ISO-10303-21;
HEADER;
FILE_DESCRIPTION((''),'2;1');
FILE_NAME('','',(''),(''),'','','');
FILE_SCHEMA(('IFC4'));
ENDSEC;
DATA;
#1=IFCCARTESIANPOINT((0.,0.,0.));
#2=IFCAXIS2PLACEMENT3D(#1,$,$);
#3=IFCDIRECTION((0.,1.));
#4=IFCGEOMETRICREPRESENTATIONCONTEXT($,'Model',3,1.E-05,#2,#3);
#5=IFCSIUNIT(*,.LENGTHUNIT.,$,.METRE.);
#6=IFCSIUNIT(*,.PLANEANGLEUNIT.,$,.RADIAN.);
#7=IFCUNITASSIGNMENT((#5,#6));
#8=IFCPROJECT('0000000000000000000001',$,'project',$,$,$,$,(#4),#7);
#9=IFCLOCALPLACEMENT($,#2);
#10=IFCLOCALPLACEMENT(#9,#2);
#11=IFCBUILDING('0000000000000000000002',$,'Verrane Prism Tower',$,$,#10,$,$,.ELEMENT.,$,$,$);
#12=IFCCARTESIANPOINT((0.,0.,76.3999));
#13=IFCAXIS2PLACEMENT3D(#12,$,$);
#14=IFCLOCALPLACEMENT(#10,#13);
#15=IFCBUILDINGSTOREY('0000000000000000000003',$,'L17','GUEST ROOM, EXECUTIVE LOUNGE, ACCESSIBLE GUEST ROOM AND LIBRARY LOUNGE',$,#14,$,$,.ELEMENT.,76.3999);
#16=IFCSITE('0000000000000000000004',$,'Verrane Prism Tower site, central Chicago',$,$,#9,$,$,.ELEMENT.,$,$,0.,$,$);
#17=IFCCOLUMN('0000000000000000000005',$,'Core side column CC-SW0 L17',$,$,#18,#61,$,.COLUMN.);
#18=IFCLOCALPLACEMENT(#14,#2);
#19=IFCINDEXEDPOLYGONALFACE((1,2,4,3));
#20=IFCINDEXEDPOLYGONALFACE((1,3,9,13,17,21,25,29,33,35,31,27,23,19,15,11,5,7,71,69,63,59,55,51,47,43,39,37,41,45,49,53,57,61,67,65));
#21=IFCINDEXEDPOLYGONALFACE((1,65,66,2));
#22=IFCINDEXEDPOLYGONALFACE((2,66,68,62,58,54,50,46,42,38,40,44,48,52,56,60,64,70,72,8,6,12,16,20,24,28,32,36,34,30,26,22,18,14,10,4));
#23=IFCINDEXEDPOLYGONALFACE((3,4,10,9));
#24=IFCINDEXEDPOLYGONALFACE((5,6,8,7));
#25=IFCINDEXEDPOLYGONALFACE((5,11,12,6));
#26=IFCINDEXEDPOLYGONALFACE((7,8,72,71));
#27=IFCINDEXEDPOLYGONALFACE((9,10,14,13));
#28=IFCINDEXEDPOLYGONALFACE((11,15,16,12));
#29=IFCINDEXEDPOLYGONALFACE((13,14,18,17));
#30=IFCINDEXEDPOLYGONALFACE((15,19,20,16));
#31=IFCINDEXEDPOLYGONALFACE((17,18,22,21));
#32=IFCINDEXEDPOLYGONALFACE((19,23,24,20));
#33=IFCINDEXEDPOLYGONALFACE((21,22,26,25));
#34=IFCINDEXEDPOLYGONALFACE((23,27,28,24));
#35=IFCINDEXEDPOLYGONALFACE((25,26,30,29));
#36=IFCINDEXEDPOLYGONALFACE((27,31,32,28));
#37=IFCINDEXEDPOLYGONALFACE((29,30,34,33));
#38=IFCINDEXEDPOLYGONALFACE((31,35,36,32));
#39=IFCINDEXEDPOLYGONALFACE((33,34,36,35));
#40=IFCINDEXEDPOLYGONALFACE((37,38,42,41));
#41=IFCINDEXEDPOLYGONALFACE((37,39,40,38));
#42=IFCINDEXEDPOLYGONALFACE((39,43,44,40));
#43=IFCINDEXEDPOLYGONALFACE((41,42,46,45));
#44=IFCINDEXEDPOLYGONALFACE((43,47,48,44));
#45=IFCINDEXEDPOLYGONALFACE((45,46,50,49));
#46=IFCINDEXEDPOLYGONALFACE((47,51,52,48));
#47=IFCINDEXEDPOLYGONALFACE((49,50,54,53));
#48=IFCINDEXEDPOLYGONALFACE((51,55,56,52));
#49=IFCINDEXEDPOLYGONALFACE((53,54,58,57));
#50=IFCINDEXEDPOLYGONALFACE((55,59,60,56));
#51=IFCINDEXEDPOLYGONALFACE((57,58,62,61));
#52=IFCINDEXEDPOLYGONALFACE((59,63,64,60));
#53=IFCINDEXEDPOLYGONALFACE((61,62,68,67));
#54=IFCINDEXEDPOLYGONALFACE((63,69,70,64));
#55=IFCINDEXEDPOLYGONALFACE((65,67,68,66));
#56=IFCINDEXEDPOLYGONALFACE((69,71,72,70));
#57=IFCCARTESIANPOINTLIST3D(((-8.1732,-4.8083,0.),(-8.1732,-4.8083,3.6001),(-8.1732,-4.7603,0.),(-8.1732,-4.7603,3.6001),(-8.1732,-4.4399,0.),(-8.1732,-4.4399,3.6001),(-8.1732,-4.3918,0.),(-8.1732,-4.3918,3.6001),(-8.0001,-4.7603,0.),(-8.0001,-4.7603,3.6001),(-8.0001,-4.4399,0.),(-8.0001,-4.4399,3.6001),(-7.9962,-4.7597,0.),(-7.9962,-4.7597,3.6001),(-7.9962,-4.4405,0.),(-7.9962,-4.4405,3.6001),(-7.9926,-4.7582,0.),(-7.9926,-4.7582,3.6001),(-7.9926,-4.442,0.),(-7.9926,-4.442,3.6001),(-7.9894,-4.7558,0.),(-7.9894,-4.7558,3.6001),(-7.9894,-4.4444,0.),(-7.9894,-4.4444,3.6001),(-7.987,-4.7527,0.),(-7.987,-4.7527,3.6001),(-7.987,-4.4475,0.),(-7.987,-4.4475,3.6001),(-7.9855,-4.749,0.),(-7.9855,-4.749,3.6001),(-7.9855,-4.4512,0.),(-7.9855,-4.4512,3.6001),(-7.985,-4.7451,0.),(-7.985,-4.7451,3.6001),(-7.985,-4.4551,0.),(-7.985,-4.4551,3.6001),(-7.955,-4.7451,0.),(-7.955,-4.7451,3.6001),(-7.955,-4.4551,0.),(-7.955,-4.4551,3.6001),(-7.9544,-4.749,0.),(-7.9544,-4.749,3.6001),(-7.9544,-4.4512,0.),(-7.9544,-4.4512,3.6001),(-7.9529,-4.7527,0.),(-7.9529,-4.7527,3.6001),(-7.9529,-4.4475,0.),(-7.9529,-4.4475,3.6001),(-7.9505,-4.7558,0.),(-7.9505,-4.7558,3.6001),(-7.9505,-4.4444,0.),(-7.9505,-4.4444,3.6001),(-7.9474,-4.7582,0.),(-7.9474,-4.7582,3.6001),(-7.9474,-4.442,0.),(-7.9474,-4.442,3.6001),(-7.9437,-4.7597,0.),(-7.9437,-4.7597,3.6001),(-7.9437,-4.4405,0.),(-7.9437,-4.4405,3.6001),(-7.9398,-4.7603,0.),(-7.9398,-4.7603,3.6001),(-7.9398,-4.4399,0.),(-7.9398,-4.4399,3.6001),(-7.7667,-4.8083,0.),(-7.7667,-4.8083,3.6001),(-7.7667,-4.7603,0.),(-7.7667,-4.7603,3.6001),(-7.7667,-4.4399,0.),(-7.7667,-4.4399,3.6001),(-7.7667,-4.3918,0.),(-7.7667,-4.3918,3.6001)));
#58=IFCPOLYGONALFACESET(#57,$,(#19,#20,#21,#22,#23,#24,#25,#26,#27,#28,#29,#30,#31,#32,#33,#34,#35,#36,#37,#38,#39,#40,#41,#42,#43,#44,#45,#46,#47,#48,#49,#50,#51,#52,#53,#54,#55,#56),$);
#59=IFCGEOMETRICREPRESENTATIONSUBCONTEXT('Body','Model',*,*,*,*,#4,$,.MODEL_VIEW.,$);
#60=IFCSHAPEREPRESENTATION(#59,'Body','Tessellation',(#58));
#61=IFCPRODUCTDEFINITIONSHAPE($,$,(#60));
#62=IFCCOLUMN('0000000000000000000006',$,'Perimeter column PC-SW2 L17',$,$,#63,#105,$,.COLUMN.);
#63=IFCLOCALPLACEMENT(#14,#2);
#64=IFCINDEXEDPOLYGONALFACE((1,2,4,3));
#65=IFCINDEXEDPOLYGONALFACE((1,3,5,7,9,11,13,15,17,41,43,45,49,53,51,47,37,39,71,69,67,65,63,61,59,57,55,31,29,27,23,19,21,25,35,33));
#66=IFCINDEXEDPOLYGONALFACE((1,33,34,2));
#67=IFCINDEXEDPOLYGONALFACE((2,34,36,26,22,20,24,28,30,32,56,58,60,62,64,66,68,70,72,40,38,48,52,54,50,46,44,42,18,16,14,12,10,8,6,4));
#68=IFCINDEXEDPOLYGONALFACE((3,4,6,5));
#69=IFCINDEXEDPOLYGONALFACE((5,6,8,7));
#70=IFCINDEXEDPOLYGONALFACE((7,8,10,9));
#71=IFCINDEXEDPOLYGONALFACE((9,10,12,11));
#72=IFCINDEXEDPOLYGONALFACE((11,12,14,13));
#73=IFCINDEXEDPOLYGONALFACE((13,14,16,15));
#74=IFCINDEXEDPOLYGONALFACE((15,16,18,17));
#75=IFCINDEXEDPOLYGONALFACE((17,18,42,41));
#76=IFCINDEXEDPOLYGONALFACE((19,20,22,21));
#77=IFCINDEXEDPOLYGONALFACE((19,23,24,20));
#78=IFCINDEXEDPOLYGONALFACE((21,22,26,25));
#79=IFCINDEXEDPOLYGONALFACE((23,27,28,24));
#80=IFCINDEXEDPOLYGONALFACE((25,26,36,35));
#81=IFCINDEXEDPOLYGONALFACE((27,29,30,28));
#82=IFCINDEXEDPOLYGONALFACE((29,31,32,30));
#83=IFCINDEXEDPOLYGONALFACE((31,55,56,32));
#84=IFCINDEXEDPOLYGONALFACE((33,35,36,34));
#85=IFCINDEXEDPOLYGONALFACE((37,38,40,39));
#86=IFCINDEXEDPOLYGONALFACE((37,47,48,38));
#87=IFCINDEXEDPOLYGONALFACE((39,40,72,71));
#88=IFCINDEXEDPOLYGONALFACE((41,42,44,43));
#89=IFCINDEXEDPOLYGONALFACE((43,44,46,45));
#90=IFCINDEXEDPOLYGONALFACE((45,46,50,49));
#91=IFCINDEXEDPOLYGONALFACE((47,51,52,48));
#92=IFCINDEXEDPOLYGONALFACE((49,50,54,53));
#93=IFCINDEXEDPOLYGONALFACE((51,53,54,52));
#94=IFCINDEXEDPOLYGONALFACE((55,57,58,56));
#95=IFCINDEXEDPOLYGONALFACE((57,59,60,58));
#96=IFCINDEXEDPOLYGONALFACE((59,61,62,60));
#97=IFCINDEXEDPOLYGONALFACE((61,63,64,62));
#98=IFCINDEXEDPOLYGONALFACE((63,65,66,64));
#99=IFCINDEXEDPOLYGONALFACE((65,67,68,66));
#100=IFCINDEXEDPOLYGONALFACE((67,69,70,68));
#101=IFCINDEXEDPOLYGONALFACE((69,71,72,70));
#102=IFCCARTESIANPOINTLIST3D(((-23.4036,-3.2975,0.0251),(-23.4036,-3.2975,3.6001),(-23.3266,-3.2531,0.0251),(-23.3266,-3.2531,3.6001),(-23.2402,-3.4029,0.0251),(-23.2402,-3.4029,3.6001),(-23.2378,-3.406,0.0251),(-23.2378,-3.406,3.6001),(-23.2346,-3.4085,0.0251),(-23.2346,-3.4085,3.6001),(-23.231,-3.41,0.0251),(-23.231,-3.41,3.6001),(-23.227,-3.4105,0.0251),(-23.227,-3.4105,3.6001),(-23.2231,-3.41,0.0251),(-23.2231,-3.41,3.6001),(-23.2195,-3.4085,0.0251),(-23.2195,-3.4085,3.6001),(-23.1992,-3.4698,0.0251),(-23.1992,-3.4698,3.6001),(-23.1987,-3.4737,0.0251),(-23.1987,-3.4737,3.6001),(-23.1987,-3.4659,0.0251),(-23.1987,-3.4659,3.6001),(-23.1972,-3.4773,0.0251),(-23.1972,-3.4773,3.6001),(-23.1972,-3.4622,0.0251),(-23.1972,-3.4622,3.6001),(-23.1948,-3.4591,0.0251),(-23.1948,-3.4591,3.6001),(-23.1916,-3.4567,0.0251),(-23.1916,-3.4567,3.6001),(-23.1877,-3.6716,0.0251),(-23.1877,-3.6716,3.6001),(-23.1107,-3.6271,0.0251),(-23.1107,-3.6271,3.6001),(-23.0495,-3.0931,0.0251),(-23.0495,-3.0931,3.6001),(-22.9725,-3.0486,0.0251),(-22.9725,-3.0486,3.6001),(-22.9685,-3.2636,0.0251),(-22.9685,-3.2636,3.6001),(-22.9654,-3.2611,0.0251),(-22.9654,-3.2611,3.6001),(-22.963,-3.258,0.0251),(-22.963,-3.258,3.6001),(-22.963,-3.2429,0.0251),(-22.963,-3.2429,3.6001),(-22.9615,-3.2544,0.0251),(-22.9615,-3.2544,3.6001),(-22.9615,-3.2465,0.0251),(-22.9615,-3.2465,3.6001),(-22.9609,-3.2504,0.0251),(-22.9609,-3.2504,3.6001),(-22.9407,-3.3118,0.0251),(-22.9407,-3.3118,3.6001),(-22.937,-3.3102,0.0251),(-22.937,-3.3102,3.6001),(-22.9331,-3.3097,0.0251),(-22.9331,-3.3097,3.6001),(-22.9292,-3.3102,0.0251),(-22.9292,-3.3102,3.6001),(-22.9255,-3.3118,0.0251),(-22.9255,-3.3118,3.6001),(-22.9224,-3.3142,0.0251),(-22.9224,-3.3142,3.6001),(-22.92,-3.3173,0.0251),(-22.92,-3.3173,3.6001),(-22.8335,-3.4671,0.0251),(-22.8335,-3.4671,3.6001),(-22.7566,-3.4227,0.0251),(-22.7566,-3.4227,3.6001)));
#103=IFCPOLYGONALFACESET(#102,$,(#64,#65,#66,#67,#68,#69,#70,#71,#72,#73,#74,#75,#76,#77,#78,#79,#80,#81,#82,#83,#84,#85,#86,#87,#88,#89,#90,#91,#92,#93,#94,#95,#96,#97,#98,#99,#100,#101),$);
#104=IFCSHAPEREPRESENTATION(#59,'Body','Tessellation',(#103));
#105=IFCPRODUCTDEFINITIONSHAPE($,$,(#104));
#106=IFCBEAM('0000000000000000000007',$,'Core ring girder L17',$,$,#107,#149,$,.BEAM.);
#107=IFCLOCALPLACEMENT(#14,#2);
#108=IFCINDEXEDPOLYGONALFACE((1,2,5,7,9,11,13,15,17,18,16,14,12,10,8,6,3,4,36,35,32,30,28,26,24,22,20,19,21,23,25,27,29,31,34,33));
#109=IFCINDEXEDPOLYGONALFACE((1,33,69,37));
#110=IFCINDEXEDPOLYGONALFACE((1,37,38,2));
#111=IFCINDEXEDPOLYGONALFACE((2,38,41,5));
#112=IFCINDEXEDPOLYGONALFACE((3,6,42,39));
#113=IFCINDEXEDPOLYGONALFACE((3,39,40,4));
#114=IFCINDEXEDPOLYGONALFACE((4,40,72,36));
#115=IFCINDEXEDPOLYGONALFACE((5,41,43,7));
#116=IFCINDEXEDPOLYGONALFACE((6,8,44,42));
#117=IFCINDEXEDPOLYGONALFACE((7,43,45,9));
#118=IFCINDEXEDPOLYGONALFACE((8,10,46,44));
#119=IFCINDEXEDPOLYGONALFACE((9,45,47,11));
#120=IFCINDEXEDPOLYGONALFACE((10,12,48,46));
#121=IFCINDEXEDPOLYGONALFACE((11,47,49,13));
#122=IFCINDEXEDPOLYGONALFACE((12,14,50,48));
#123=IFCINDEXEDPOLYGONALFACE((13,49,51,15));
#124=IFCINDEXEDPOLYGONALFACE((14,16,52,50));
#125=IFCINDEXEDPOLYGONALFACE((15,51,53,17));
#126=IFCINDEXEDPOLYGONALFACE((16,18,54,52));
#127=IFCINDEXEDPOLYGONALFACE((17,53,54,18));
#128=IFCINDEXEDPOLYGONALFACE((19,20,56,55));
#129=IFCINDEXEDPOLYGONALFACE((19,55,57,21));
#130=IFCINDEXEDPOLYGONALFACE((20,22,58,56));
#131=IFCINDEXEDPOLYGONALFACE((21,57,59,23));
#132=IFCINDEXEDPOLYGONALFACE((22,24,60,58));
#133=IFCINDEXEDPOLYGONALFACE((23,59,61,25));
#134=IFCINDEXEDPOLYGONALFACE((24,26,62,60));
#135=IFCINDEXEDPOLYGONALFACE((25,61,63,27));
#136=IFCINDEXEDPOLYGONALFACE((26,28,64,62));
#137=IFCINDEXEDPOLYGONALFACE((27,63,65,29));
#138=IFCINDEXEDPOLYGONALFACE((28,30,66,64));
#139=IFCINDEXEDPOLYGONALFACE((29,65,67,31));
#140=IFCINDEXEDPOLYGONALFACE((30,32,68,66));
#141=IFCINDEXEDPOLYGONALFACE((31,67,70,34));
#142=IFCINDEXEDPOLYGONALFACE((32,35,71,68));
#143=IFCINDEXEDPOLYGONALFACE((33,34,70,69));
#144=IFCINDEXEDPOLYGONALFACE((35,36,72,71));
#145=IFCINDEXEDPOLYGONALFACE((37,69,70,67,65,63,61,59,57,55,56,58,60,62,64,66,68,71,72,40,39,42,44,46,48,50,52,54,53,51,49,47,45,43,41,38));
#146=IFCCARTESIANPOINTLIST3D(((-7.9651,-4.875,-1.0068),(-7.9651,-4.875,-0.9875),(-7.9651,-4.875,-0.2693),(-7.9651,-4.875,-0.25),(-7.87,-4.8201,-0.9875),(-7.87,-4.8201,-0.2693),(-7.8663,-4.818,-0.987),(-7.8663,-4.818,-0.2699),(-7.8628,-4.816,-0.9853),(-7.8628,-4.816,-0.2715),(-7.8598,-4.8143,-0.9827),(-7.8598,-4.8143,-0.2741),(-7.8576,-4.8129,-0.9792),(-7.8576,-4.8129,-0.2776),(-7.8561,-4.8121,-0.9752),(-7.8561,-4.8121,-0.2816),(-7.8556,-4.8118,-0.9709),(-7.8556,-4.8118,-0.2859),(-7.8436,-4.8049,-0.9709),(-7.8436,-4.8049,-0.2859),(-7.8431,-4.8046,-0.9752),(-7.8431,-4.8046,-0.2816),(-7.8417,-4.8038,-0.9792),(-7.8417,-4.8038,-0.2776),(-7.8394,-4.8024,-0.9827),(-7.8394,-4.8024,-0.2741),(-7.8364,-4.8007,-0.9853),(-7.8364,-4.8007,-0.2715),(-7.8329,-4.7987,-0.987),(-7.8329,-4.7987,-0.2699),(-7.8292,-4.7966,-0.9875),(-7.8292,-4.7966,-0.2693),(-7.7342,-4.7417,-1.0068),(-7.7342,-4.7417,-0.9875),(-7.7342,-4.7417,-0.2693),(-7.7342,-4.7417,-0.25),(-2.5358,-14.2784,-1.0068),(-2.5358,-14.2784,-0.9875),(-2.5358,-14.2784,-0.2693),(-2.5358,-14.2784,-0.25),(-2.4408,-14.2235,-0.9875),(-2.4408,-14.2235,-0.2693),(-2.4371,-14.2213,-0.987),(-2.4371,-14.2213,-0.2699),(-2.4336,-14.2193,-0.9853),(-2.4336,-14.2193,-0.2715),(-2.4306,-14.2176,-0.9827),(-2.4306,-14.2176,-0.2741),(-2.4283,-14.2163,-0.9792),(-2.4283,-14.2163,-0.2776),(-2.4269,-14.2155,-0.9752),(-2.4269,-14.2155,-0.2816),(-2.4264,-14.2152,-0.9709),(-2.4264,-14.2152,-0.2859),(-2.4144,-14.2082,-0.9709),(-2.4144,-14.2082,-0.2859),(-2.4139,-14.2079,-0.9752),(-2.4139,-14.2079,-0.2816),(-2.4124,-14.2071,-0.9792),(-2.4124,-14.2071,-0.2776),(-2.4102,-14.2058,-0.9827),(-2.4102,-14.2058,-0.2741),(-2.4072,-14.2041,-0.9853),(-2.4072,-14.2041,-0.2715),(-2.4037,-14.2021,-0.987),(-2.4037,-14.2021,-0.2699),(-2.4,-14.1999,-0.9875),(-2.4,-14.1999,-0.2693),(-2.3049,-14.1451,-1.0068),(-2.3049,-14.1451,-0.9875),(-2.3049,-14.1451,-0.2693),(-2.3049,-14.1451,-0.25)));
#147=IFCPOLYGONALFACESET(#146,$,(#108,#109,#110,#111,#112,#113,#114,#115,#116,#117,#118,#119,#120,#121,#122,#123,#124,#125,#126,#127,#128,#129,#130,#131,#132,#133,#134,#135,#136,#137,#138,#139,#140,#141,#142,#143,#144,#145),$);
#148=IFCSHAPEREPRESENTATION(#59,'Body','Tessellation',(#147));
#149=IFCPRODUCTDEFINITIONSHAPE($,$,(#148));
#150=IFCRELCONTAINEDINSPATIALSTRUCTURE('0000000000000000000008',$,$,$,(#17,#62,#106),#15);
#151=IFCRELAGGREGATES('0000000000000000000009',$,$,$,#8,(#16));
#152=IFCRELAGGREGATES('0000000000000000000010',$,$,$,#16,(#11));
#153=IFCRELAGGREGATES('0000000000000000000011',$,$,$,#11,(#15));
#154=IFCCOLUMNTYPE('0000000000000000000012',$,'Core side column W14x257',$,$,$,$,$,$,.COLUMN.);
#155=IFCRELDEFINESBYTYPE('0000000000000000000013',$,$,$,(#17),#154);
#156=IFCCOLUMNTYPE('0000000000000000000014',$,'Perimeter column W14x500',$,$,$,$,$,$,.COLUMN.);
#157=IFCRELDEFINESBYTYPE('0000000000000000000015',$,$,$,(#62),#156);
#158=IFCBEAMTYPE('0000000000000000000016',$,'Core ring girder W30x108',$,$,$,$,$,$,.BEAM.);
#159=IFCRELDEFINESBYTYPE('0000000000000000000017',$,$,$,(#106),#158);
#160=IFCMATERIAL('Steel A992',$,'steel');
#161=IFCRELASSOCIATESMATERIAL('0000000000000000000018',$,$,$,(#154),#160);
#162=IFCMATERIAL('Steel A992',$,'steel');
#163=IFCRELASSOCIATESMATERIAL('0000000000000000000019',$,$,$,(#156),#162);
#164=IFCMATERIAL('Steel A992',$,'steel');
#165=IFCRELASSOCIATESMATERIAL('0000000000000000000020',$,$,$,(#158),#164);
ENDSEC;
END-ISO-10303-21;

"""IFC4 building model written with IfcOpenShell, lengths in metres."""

from ifc_helpers import new_model, si_unit, direction, frame, origin, origin_2d, place, context, subcontext, project, spatial, i_section, extrude, material, material_profile, profile_set, type_object, element, save


model = new_model("IFC4")

# Units and contexts
model_context = context("Model", 3, precision=1e-05, world=origin(), true_north=direction((0.0, 1.0)))
body_context = subcontext(model_context, "Body", "Model", "MODEL_VIEW")
ifc_project = project(units=[si_unit("LENGTHUNIT", "METRE"), si_unit("PLANEANGLEUNIT", "RADIAN")], contexts=[model_context])

# Site, building, storey
site_placement = place(None, origin())
site = spatial("IfcSite", under=ifc_project, at=site_placement, Name="Verrane Prism Tower site, central Chicago", CompositionType="ELEMENT", RefElevation=0.0)
building_placement = place(site_placement, origin())
building = spatial("IfcBuilding", under=site, at=building_placement, Name="Verrane Prism Tower", CompositionType="ELEMENT")
storey_placement = place(building_placement, frame((0.0, 0.0, 76.3999)))
storey = spatial("IfcBuildingStorey", under=building, at=storey_placement, Name="L17", Description="GUEST ROOM, EXECUTIVE LOUNGE, ACCESSIBLE GUEST ROOM AND LIBRARY LOUNGE", CompositionType="ELEMENT", Elevation=76.3999)

# Columns
ifc_material_1 = material(Name="Steel A992", Category="steel")
ifc_material_profile_1 = material_profile(ifc_material_1, i_section(OverallWidth=0.4065, OverallDepth=0.4165, WebThickness=0.03, FlangeThickness=0.0481, FilletRadius=0.0151, at=origin_2d()), Name="W14x257")
ifc_profile_set_1 = profile_set([ifc_material_profile_1], Name="Steel A992")
column_type_1 = type_object("IfcColumnType", Name="Core side column W14x257", PredefinedType="COLUMN", material=ifc_profile_set_1)
column_1_placement = place(storey_placement, frame((-7.97, -4.6001, 0.0), z_axis=(0.0, 0.0, 1.0), x_axis=(1.0, 0.0, 0.0)))
element("IfcColumn", 1, at=column_1_placement, inside=storey, type_object=column_type_1, Name="Core side column CC-SW0 L17", PredefinedType="COLUMN", context=body_context, shape_type="SweptSolid", body=[
    extrude(i_section(OverallWidth=0.4065, OverallDepth=0.4165, WebThickness=0.03, FlangeThickness=0.0481, FilletRadius=0.0151, at=origin_2d()), origin(), (0.0, 0.0, 1.0), 3.6001),
])
ifc_material_2 = material(Name="Steel A992", Category="steel")
ifc_material_profile_2 = material_profile(ifc_material_2, i_section(OverallWidth=0.4319, OverallDepth=0.4978, WebThickness=0.0557, FlangeThickness=0.0889, FilletRadius=0.0151, at=origin_2d()), Name="W14x500")
ifc_profile_set_2 = profile_set([ifc_material_profile_2], Name="Steel A992")
column_type_2 = type_object("IfcColumnType", Name="Perimeter column W14x500", PredefinedType="COLUMN", material=ifc_profile_set_2)
column_2_placement = place(storey_placement, frame((-23.0801, -3.3601, 0.0251), z_axis=(0.0, 0.0, 1.0), x_axis=(-0.5, 0.866025, 0.0)))
element("IfcColumn", 2, at=column_2_placement, inside=storey, type_object=column_type_2, Name="Perimeter column PC-SW2 L17", PredefinedType="COLUMN", context=body_context, shape_type="SweptSolid", body=[
    extrude(i_section(OverallWidth=0.4319, OverallDepth=0.4978, WebThickness=0.0557, FlangeThickness=0.0889, FilletRadius=0.0151, at=origin_2d()), origin(), (0.0, 0.0, 1.0), 3.575),
])

# Beam
ifc_material_3 = material(Name="Steel A992", Category="steel")
ifc_material_profile_3 = material_profile(ifc_material_3, i_section(OverallWidth=0.2666, OverallDepth=0.7568, WebThickness=0.0139, FlangeThickness=0.0193, FilletRadius=0.0166, at=origin_2d()), Name="W30x108")
ifc_profile_set_3 = profile_set([ifc_material_profile_3], Name="Steel A992")
beam_type_1 = type_object("IfcBeamType", Name="Core ring girder W30x108", PredefinedType="BEAM", material=ifc_profile_set_3)
beam_1_placement = place(storey_placement, frame((-7.8496, -4.8083, -0.6284), z_axis=(0.500013, -0.866018, 0.0), x_axis=(0.866018, 0.500013, 0.0)))
element("IfcBeam", 3, at=beam_1_placement, inside=storey, type_object=beam_type_1, Name="Core ring girder L17", PredefinedType="BEAM", context=body_context, shape_type="SweptSolid", body=[
    extrude(i_section(OverallWidth=0.2666, OverallDepth=0.7568, WebThickness=0.0139, FlangeThickness=0.0193, FilletRadius=0.0166, at=origin_2d()), origin(), (0.0, 0.0, 1.0), 10.8582),
])

save(model, "model.ifc")
